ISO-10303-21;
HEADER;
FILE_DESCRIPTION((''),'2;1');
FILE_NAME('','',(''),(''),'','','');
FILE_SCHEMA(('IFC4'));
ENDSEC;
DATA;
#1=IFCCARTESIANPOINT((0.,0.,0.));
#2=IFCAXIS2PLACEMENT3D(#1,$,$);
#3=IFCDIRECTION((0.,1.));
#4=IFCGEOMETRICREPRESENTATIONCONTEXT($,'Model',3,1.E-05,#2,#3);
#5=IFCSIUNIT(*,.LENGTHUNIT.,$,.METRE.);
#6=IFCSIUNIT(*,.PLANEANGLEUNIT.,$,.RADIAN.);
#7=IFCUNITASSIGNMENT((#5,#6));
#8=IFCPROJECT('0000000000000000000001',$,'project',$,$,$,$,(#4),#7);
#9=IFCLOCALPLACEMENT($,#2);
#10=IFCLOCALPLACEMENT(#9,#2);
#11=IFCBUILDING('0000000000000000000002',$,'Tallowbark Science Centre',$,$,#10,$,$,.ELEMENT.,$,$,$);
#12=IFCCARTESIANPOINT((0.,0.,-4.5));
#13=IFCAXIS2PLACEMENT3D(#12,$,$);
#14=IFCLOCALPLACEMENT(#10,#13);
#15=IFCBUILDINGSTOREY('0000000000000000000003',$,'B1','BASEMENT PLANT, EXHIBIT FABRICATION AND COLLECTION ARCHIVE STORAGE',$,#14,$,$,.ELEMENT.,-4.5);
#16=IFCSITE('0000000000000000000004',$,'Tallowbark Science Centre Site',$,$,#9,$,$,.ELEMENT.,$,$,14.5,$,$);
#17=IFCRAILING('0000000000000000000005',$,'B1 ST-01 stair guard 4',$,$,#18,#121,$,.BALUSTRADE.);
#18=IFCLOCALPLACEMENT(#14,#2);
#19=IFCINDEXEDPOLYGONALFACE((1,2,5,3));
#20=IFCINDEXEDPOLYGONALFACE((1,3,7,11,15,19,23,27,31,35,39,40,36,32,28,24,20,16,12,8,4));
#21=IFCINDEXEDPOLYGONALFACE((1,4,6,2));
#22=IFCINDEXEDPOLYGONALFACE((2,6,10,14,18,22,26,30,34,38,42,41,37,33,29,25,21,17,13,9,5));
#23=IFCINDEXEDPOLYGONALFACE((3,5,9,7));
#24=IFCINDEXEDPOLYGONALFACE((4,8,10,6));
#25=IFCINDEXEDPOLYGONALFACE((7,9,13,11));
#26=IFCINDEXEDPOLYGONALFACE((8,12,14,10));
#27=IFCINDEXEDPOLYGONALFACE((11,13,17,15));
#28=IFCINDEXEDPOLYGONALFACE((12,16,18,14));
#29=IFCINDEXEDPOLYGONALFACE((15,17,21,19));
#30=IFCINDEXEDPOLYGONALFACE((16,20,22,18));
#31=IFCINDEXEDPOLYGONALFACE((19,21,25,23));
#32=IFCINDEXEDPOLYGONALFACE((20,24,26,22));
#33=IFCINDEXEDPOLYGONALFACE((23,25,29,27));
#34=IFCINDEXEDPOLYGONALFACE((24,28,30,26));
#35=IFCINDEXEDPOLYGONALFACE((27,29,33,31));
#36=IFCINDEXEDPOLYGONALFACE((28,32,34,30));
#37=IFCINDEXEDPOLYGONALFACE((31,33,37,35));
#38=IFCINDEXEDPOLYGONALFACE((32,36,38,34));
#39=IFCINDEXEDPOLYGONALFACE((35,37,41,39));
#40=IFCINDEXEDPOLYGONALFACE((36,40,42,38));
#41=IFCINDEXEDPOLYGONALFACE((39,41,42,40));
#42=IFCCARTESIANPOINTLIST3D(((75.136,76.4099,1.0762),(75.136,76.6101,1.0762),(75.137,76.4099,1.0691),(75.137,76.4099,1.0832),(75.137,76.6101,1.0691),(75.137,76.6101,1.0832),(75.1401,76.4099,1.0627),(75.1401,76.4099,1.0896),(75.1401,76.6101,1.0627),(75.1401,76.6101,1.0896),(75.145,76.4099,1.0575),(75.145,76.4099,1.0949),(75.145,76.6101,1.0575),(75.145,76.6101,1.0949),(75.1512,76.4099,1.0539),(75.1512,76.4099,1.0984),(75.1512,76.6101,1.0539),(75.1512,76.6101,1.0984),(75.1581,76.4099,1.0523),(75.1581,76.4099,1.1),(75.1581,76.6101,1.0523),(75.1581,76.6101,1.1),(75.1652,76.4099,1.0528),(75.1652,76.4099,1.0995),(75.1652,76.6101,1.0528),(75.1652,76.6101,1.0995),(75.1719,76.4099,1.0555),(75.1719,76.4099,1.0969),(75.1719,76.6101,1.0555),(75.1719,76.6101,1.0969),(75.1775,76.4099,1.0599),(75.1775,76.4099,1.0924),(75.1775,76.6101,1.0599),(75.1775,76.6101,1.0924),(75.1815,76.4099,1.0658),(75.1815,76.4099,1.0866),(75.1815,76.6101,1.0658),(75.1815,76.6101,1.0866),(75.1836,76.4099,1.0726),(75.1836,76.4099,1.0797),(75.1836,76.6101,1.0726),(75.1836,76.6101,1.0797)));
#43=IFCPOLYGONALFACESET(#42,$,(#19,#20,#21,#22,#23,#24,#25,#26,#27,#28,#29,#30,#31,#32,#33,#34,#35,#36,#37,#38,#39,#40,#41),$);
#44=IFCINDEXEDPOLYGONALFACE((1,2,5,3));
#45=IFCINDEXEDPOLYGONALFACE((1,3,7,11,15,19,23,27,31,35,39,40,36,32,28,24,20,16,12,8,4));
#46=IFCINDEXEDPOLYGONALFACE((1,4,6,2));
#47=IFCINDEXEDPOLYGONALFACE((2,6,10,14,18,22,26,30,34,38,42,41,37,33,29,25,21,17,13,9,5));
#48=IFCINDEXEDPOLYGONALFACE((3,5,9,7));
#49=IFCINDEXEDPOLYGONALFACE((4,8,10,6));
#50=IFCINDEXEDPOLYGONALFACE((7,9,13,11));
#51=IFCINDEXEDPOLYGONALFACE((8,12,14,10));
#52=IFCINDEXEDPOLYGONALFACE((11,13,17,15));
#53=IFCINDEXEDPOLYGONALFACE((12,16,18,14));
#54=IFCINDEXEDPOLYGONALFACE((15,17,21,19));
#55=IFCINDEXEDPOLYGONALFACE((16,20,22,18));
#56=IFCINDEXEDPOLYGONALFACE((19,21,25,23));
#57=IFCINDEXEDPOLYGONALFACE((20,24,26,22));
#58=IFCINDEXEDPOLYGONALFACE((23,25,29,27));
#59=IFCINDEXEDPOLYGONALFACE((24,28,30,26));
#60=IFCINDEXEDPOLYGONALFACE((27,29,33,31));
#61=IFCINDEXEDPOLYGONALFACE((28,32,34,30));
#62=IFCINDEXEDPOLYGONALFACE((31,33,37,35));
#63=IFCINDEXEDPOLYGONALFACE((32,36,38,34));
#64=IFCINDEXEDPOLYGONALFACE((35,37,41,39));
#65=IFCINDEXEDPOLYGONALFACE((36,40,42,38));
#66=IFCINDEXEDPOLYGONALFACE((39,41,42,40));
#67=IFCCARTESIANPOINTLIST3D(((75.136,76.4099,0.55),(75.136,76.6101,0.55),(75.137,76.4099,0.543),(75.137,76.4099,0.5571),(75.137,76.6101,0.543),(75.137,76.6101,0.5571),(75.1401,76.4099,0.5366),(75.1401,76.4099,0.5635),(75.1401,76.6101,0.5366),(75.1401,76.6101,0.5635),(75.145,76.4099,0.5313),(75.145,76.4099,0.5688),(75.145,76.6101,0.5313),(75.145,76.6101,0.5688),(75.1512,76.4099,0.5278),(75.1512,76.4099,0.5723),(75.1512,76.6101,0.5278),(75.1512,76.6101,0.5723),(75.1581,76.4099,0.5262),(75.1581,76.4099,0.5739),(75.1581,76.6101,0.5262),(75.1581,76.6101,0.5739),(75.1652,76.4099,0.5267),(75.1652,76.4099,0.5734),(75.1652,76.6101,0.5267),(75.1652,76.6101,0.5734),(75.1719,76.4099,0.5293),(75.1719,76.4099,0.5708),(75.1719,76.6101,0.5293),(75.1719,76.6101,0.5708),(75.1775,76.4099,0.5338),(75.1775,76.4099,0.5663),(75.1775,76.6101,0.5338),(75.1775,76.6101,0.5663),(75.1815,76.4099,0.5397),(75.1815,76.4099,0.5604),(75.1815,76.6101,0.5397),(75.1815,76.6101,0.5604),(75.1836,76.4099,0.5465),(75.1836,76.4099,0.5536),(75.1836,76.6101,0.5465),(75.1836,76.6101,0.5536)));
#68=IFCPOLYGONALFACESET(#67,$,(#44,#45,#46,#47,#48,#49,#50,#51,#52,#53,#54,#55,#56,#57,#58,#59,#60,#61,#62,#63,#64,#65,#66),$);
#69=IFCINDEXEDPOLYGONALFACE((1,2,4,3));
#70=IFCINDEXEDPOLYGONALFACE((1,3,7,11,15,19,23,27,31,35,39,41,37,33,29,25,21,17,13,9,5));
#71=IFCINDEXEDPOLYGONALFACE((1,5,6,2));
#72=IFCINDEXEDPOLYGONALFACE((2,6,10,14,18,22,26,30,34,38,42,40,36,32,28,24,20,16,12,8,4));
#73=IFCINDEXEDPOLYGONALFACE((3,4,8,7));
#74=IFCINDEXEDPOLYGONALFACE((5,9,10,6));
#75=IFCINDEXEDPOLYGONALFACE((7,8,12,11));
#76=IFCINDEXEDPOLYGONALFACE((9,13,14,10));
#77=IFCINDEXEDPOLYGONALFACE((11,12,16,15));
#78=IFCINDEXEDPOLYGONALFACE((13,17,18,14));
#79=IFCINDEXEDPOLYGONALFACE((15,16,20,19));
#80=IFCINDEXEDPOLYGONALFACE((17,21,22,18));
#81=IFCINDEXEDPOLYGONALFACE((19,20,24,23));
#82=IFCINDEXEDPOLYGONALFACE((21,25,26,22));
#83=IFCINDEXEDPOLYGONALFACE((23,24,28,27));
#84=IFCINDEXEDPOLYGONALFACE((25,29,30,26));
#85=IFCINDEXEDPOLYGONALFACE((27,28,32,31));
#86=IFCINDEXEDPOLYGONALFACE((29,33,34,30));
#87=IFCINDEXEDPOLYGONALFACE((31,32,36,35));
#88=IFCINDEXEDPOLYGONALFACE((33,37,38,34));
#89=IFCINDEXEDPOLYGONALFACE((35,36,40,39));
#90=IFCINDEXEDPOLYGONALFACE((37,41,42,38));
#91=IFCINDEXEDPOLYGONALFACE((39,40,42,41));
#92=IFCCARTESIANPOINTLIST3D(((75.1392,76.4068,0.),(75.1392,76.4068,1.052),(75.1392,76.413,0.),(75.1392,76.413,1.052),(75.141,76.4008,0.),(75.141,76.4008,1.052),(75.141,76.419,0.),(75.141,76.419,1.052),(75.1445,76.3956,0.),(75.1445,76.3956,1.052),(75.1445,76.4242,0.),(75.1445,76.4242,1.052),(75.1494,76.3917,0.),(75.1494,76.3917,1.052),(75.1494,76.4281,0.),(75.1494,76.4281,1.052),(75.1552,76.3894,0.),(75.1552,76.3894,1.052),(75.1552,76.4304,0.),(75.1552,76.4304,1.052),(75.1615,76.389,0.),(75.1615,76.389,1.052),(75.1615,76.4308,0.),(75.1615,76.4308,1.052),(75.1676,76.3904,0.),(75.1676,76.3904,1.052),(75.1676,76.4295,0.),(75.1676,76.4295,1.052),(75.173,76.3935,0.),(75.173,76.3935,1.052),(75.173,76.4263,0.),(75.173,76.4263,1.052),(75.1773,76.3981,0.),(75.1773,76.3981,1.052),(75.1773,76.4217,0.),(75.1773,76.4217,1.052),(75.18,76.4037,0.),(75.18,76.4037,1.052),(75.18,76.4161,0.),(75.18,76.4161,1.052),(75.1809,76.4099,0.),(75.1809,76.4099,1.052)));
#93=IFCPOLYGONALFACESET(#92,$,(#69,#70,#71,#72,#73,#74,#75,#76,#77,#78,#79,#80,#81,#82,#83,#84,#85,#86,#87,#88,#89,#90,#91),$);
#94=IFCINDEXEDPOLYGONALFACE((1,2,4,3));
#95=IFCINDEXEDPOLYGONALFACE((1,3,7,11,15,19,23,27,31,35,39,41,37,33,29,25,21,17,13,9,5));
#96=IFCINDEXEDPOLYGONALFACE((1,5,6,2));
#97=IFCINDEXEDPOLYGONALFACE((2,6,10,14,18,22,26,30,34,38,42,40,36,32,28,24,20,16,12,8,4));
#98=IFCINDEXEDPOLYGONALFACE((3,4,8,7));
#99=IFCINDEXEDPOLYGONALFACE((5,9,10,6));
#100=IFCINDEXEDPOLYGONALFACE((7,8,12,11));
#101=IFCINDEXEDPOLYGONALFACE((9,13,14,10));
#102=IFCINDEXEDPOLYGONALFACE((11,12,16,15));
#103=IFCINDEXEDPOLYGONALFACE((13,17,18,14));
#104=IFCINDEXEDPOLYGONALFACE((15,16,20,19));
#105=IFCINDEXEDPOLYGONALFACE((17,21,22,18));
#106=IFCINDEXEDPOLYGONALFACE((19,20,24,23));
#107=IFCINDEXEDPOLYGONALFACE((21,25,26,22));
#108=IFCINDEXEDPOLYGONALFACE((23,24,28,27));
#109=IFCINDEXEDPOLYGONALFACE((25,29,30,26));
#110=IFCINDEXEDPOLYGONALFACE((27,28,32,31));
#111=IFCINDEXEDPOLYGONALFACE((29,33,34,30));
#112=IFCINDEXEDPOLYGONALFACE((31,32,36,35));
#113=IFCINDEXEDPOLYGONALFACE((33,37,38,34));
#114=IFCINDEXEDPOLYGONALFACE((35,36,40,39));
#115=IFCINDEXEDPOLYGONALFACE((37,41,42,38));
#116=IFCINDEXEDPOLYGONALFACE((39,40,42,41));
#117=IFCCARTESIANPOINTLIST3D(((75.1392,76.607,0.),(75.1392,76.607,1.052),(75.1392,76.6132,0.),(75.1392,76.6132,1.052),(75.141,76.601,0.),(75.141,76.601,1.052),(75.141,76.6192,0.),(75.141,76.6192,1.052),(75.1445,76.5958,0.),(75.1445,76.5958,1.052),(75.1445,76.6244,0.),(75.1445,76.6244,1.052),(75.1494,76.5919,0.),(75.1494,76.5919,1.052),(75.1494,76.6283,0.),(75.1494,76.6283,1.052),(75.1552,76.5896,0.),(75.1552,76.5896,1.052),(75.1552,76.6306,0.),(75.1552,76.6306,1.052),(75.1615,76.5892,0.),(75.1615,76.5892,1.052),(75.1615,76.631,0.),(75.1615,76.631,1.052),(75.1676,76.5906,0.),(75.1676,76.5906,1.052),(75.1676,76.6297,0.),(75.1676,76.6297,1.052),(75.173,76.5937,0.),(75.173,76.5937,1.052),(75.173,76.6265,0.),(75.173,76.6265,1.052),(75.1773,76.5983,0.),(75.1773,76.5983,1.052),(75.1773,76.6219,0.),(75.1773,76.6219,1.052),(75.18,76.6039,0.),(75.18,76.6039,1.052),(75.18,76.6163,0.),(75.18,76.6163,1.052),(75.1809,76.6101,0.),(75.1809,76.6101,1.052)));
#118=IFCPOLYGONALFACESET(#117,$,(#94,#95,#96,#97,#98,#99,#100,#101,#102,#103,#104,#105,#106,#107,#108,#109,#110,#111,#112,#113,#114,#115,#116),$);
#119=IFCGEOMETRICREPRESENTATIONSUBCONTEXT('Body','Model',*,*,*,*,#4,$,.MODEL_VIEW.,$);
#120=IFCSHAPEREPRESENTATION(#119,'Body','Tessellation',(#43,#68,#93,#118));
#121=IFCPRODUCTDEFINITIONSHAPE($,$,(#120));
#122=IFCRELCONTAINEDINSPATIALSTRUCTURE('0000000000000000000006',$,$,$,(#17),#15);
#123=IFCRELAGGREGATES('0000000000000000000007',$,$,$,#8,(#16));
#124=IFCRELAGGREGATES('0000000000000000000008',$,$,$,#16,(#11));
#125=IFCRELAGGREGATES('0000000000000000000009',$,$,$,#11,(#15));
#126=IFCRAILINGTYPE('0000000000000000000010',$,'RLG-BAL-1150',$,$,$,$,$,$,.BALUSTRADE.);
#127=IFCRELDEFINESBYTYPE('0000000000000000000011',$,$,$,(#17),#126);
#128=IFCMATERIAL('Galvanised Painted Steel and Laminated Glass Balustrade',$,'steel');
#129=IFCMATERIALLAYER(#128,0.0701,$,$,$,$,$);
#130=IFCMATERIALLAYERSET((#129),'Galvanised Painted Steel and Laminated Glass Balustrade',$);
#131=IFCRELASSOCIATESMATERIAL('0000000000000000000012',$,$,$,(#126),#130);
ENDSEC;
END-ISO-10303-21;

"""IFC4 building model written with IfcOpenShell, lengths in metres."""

from ifc_helpers import new_model, si_unit, direction, frame, origin, origin_2d, place, context, subcontext, project, spatial, circle, extrude, material, layer, layer_set, type_object, element, save


model = new_model("IFC4")

# Units and contexts
model_context = context("Model", 3, precision=1e-05, world=origin(), true_north=direction((0.0, 1.0)))
body_context = subcontext(model_context, "Body", "Model", "MODEL_VIEW")
ifc_project = project(units=[si_unit("LENGTHUNIT", "METRE"), si_unit("PLANEANGLEUNIT", "RADIAN")], contexts=[model_context])

# Site, building, storey
site_placement = place(None, origin())
site = spatial("IfcSite", under=ifc_project, at=site_placement, Name="Tallowbark Science Centre Site", CompositionType="ELEMENT", RefElevation=14.5)
building_placement = place(site_placement, origin())
building = spatial("IfcBuilding", under=site, at=building_placement, Name="Tallowbark Science Centre", CompositionType="ELEMENT")
storey_placement = place(building_placement, frame((0.0, 0.0, -4.5)))
storey = spatial("IfcBuildingStorey", under=building, at=storey_placement, Name="B1", Description="BASEMENT PLANT, EXHIBIT FABRICATION AND COLLECTION ARCHIVE STORAGE", CompositionType="ELEMENT", Elevation=-4.5)

# Railing
ifc_material_1 = material(Name="Galvanised Painted Steel and Laminated Glass Balustrade", Category="steel")
ifc_layer_1 = layer(ifc_material_1, 0.0701)
ifc_layer_set_1 = layer_set([ifc_layer_1], Name="Galvanised Painted Steel and Laminated Glass Balustrade")
railing_type_1 = type_object("IfcRailingType", Name="RLG-BAL-1150", PredefinedType="BALUSTRADE", material=ifc_layer_set_1)
railing_1_placement = place(storey_placement, frame((75.1599, 76.4099, 0.0)))
element("IfcRailing", 1, at=railing_1_placement, inside=storey, type_object=railing_type_1, Name="B1 ST-01 stair guard 4", PredefinedType="BALUSTRADE", context=body_context, shape_type="SweptSolid", body=[
    extrude(circle(Radius=0.0239, at=origin_2d()), frame((0.0, 0.0, 1.0762), z_axis=(0.0, 1.0, 0.0), x_axis=(-1.0, 0.0, 0.0)), (0.0, 0.0, 1.0), 0.2002),
    extrude(circle(Radius=0.0239, at=origin_2d()), frame((0.0, 0.0, 0.55), z_axis=(0.0, 1.0, 0.0), x_axis=(-1.0, 0.0, 0.0)), (0.0, 0.0, 1.0), 0.2002),
    extrude(circle(Radius=0.021, at=origin_2d()), origin(), (0.0, 0.0, 1.0), 1.052),
    extrude(circle(Radius=0.021, at=origin_2d()), frame((0.0, 0.2002, 0.0)), (0.0, 0.0, 1.0), 1.052),
])

save(model, "model.ifc")
